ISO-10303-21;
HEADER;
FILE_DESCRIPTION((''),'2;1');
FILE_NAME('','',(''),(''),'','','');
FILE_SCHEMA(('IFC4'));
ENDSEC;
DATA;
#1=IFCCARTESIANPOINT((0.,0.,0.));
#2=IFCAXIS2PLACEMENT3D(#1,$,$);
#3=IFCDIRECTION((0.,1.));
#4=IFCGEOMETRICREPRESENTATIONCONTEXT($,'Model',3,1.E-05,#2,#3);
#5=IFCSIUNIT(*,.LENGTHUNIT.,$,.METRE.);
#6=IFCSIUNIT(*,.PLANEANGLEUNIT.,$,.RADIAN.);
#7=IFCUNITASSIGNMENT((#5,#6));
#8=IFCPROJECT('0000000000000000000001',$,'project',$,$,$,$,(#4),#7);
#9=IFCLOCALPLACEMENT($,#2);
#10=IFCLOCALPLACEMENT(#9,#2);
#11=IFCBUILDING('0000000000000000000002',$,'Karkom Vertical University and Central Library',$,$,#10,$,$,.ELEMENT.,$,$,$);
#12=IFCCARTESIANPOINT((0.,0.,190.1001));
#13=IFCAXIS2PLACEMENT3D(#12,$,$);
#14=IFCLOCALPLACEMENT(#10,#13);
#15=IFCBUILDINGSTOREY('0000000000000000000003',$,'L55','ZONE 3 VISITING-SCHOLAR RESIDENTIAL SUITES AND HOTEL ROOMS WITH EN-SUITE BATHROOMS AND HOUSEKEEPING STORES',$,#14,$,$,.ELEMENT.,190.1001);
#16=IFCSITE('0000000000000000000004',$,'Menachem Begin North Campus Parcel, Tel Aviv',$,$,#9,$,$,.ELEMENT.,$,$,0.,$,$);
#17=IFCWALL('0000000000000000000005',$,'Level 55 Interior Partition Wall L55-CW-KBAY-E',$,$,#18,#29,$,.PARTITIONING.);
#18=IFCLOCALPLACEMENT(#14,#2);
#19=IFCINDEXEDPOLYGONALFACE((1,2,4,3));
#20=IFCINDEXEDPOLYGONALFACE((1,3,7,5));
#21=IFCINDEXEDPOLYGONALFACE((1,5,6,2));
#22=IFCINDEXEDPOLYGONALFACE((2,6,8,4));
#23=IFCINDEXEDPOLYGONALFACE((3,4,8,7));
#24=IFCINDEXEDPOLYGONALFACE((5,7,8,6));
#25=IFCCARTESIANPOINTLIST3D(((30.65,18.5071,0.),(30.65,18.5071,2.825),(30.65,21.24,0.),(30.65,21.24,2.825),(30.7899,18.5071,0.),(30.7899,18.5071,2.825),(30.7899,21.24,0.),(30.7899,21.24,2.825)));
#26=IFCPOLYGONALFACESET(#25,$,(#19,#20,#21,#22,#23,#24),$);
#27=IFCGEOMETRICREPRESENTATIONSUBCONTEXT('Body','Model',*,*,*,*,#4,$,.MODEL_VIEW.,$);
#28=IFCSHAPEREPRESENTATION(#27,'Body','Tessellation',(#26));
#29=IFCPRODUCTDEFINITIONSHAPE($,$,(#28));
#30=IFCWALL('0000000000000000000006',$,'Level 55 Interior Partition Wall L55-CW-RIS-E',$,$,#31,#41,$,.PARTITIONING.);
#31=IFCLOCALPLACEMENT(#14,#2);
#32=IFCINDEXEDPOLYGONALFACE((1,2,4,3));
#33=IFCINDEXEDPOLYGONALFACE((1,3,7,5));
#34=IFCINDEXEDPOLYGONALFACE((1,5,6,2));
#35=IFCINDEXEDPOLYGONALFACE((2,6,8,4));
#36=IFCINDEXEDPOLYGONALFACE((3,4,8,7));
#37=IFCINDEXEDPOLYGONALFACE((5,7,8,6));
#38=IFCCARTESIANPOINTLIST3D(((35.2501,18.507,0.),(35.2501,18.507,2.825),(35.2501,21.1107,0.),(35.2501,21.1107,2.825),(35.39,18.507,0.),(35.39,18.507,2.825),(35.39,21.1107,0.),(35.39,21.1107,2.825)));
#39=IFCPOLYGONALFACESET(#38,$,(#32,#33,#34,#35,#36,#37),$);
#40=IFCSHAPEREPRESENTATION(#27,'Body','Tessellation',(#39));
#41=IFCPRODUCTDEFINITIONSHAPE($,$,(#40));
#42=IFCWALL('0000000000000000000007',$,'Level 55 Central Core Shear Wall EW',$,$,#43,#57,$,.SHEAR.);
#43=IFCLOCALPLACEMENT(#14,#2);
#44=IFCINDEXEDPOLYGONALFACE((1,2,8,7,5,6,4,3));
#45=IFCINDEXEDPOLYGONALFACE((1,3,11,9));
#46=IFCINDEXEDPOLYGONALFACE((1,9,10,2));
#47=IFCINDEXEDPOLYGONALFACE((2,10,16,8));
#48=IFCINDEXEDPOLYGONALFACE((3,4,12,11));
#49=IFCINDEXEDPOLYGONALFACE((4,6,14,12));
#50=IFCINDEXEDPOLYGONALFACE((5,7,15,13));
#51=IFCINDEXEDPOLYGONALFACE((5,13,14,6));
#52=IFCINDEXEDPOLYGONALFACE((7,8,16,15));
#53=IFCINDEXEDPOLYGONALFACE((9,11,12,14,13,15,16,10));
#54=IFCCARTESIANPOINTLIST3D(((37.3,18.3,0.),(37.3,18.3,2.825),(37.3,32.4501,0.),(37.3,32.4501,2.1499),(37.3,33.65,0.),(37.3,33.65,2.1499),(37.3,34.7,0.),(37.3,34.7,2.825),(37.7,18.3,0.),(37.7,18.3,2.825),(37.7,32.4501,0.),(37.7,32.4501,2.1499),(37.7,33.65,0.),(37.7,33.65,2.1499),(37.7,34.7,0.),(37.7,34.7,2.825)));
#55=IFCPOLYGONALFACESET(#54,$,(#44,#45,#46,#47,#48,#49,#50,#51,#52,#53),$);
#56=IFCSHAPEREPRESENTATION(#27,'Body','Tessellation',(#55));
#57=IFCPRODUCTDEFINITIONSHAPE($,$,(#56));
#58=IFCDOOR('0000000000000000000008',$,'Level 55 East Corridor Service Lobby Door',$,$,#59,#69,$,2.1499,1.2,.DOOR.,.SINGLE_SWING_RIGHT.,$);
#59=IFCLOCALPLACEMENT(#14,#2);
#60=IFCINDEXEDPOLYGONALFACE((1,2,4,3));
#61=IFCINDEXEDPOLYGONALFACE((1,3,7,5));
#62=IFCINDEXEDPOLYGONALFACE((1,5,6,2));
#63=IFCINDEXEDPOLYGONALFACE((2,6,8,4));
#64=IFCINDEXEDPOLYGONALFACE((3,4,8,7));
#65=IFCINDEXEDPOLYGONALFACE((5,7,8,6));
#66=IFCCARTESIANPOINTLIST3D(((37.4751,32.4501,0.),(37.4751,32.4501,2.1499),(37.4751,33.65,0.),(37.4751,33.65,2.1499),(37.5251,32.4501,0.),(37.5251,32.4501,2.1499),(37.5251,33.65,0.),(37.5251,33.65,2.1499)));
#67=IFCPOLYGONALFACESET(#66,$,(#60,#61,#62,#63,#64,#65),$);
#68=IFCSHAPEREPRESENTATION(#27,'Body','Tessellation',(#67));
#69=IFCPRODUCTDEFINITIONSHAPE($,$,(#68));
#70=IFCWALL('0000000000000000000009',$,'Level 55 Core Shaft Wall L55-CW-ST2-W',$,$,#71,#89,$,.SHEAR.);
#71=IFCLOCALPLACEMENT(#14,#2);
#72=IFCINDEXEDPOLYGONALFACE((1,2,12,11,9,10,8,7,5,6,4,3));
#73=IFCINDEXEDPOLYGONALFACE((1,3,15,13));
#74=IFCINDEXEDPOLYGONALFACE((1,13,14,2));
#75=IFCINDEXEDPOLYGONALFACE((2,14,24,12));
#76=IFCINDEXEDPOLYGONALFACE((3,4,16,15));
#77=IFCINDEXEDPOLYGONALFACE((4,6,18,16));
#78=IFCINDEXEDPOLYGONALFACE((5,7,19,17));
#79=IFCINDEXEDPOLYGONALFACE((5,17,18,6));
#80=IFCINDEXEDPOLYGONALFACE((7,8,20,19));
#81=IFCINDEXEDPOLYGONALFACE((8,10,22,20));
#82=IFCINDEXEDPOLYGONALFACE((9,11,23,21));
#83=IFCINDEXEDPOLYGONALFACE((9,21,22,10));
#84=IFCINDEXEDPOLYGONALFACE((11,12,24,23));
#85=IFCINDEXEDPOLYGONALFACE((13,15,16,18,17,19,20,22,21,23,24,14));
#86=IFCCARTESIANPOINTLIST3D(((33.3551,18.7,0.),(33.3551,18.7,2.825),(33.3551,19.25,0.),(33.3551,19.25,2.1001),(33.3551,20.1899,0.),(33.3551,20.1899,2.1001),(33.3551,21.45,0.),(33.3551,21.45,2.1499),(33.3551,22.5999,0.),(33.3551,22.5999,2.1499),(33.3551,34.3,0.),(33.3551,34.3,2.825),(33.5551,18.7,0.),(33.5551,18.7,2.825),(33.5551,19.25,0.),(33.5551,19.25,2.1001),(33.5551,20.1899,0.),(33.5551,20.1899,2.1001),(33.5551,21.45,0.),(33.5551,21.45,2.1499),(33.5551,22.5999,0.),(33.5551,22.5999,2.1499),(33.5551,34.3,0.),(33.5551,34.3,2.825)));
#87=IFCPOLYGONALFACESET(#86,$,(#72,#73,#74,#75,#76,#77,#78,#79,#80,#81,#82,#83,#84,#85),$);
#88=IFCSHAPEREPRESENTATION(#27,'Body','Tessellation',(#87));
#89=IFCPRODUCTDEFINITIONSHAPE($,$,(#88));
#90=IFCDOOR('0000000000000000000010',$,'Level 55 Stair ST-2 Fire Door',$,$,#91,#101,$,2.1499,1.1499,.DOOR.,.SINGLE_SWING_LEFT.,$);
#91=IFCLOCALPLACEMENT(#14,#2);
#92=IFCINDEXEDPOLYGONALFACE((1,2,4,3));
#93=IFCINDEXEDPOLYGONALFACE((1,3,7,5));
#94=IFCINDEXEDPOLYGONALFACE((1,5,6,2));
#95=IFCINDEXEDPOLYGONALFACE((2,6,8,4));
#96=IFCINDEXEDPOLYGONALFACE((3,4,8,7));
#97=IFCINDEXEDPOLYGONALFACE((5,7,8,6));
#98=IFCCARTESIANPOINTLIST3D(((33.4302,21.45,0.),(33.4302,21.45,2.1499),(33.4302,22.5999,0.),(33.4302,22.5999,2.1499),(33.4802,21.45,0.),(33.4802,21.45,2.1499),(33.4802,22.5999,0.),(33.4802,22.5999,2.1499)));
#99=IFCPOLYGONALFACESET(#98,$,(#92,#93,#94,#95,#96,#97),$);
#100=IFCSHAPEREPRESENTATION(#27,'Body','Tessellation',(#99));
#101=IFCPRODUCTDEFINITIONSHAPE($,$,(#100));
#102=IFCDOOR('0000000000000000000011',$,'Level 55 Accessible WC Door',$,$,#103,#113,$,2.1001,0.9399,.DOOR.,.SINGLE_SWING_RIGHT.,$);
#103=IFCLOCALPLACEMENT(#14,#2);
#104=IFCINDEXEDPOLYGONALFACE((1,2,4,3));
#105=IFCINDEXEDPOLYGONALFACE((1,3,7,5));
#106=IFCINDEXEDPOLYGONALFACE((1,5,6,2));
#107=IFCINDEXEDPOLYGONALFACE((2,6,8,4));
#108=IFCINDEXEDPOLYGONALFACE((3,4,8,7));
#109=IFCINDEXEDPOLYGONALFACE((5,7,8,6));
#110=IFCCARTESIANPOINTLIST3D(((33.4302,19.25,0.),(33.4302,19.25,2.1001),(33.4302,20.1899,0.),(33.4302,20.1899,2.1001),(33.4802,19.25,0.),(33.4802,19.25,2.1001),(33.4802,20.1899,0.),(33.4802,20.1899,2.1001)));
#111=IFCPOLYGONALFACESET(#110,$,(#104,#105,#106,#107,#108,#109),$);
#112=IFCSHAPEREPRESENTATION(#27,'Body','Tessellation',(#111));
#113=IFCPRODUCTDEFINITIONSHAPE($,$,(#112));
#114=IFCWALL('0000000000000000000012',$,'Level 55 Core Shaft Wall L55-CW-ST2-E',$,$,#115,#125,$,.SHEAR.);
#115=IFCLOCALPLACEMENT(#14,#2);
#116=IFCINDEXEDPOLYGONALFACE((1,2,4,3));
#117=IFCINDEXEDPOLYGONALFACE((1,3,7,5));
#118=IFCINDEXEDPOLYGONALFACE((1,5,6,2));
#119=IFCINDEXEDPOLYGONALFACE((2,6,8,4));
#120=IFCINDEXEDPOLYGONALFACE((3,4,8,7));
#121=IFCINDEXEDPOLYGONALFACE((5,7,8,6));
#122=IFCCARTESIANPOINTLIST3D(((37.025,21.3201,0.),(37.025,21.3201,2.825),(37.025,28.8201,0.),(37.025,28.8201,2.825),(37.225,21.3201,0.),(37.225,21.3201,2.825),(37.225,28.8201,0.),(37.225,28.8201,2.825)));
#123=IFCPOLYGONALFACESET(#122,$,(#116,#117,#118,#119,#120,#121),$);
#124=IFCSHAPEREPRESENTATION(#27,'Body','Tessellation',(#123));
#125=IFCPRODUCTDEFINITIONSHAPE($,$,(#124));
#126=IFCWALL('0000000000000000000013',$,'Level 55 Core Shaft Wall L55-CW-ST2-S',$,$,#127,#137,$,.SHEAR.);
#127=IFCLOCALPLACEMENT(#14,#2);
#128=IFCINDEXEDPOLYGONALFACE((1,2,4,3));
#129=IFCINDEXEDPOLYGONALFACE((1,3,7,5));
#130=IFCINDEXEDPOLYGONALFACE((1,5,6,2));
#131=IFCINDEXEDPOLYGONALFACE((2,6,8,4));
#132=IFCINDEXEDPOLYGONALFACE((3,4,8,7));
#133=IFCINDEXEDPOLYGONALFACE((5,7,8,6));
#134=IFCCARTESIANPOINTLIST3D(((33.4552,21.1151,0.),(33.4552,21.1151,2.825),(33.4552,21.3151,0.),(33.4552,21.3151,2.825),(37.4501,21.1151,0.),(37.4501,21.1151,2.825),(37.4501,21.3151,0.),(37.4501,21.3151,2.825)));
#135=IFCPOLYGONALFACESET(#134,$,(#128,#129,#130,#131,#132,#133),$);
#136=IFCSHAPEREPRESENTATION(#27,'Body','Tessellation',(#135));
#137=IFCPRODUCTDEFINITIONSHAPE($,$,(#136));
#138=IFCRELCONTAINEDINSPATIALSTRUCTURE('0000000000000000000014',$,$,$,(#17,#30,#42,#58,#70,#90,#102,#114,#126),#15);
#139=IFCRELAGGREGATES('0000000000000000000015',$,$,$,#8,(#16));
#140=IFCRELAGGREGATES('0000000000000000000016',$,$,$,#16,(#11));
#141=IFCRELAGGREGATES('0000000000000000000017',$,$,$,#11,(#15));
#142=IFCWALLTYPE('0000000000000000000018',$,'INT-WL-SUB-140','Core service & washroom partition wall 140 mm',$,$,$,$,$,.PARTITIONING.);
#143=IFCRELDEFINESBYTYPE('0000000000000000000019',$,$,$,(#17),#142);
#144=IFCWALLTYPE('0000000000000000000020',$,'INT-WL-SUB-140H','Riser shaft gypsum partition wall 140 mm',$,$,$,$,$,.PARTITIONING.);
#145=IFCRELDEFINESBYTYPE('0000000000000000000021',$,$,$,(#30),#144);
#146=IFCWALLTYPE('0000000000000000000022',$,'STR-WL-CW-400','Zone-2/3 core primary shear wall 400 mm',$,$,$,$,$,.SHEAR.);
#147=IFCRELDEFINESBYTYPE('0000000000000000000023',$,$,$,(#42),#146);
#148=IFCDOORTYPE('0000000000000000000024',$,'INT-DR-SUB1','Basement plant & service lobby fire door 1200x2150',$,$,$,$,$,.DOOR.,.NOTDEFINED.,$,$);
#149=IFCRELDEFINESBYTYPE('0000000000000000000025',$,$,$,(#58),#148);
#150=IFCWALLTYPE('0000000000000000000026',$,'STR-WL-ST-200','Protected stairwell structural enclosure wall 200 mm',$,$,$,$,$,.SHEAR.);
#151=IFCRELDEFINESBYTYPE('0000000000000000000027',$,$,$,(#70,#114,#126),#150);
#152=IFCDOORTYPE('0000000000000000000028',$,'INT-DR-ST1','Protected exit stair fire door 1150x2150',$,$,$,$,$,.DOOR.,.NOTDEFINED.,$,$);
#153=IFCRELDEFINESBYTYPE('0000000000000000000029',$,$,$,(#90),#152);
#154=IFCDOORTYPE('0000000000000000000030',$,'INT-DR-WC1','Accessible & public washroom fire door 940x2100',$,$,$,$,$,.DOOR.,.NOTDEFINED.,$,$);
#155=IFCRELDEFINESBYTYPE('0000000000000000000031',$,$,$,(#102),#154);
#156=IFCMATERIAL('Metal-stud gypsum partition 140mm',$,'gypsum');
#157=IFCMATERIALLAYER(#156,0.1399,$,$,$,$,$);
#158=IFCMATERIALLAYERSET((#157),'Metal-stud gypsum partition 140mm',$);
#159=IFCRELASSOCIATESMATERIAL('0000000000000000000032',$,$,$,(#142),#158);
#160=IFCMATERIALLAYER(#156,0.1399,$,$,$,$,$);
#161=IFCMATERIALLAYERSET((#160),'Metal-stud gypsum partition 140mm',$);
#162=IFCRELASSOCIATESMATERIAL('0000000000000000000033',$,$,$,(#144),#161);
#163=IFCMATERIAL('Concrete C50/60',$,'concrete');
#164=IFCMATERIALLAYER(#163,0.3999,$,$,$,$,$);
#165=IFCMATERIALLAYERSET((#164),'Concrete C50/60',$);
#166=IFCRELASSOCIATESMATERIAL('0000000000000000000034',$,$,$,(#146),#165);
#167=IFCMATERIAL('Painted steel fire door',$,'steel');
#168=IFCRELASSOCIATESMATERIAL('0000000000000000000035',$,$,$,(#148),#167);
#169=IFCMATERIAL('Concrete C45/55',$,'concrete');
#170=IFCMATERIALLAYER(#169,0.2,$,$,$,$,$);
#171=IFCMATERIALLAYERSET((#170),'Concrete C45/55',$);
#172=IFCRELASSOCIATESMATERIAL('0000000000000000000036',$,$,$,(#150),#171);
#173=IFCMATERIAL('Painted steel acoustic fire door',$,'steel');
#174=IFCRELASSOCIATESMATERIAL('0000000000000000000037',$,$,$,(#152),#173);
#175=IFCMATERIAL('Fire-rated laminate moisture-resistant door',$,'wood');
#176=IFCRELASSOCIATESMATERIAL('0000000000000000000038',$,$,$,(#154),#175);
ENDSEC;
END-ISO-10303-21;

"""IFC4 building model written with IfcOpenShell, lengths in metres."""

from ifc_helpers import new_model, si_unit, direction, frame, frame_2d, origin, origin_with_axes, place, context, subcontext, project, spatial, rectangle, extrude, source, transform, mapped, material, layer, layer_set, type_object, element, fill, save


model = new_model("IFC4")

# Units and contexts
model_context = context("Model", 3, precision=1e-05, world=origin(), true_north=direction((0.0, 1.0)))
body_context = subcontext(model_context, "Body", "Model", "MODEL_VIEW")
ifc_project = project(units=[si_unit("LENGTHUNIT", "METRE"), si_unit("PLANEANGLEUNIT", "RADIAN")], contexts=[model_context])

# Site, building, storey
site_placement = place(None, origin())
site = spatial("IfcSite", under=ifc_project, at=site_placement, Name="Menachem Begin North Campus Parcel, Tel Aviv", CompositionType="ELEMENT", RefElevation=0.0)
building_placement = place(site_placement, origin())
building = spatial("IfcBuilding", under=site, at=building_placement, Name="Karkom Vertical University and Central Library", CompositionType="ELEMENT")
storey_placement = place(building_placement, frame((0.0, 0.0, 190.1001)))
storey = spatial("IfcBuildingStorey", under=building, at=storey_placement, Name="L55", Description="ZONE 3 VISITING-SCHOLAR RESIDENTIAL SUITES AND HOTEL ROOMS WITH EN-SUITE BATHROOMS AND HOUSEKEEPING STORES", CompositionType="ELEMENT", Elevation=190.1001)

# Shared definitions
ifc_material_1 = material(Name="Concrete C50/60", Category="concrete")

# Shared definitions
ifc_material_2 = material(Name="Metal-stud gypsum partition 140mm", Category="gypsum")
ifc_layer_1 = layer(ifc_material_2, 0.1399)
ifc_layer_set_1 = layer_set([ifc_layer_1], Name="Metal-stud gypsum partition 140mm")
wall_type_1 = type_object("IfcWallType", Name="INT-WL-SUB-140", Description="Core service & washroom partition wall 140 mm", PredefinedType="PARTITIONING", material=ifc_layer_set_1)

# Walls
for number, where, z_axis, x_axis, name in (
    (1, (30.72, 18.5071, 0.0), (0.0, 0.0, 1.0), (0.0, 1.0, 0.0), "Level 55 Interior Partition Wall L55-CW-KBAY-E"),
):
    element("IfcWall", number, at=place(storey_placement, frame(where, z_axis=z_axis, x_axis=x_axis)), inside=storey, type_object=wall_type_1, Name=name, PredefinedType="PARTITIONING", context=body_context, shape_type="SweptSolid", body=[
        extrude(rectangle(XDim=2.7329, YDim=0.1399, at=frame_2d((1.3665, 0.0))), origin(), (0.0, 0.0, 1.0), 2.825),
    ])
ifc_layer_2 = layer(ifc_material_2, 0.1399)
ifc_layer_set_2 = layer_set([ifc_layer_2], Name="Metal-stud gypsum partition 140mm")
wall_type_2 = type_object("IfcWallType", Name="INT-WL-SUB-140H", Description="Riser shaft gypsum partition wall 140 mm", PredefinedType="PARTITIONING", material=ifc_layer_set_2)
wall_1_placement = place(storey_placement, frame((35.3201, 18.5071, 0.0), z_axis=(0.0, 0.0, 1.0), x_axis=(0.0, 1.0, 0.0)))
element("IfcWall", 2, at=wall_1_placement, inside=storey, type_object=wall_type_2, Name="Level 55 Interior Partition Wall L55-CW-RIS-E", PredefinedType="PARTITIONING", context=body_context, shape_type="SweptSolid", body=[
    extrude(rectangle(XDim=2.6038, YDim=0.1399, at=frame_2d((1.3018, 0.0))), origin(), (0.0, 0.0, 1.0), 2.825),
])

# Wall, opening, door
ifc_layer_3 = layer(ifc_material_1, 0.3999)
ifc_layer_set_3 = layer_set([ifc_layer_3], Name="Concrete C50/60")
wall_type_3 = type_object("IfcWallType", Name="STR-WL-CW-400", Description="Zone-2/3 core primary shear wall 400 mm", PredefinedType="SHEAR", material=ifc_layer_set_3)
wall_2_placement = place(storey_placement, frame((37.5, 18.3, 0.0), z_axis=(0.0, 0.0, 1.0), x_axis=(0.0, 1.0, 0.0)))
wall_2 = element("IfcWall", 3, at=wall_2_placement, inside=storey, type_object=wall_type_3, Name="Level 55 Central Core Shear Wall EW", PredefinedType="SHEAR", context=body_context, shape_type="SweptSolid", body=[
    extrude(rectangle(XDim=16.3999, YDim=0.3999, at=frame_2d((8.2, 0.0))), origin(), (0.0, 0.0, 1.0), 2.825),
])
opening_1_placement = place(wall_2_placement, frame((14.1499, 0.0, 0.0)))
opening_1 = element("IfcOpeningElement", 4, at=opening_1_placement, cuts=wall_2, PredefinedType="OPENING", context=body_context, shape_type="SweptSolid", body=[
    extrude(rectangle(XDim=1.2, YDim=2.1499, at=frame_2d((0.6001, 1.075))), frame((0.0, 0.21, 0.0), z_axis=(0.0, -1.0, 0.0), x_axis=(1.0, 0.0, 0.0)), (0.0, 0.0, 1.0), 0.4199),
])
ifc_material_3 = material(Name="Painted steel fire door", Category="steel")
door_type_1 = type_object("IfcDoorType", Name="INT-DR-SUB1", Description="Basement plant & service lobby fire door 1200x2150", OperationType="NOTDEFINED", PredefinedType="DOOR", material=ifc_material_3)
shared_shape_1 = source(origin_with_axes(), body_context, "Body", "SweptSolid", [
    extrude(rectangle(XDim=1.2, YDim=2.1499, at=frame_2d((0.6001, 1.075))), frame((0.0, 0.0249, 0.0), z_axis=(0.0, -1.0, 0.0), x_axis=(1.0, 0.0, 0.0)), (0.0, 0.0, 1.0), 0.05),
])
door_1_placement = place(opening_1_placement, origin())
door_1 = element("IfcDoor", 5, at=door_1_placement, inside=storey, type_object=door_type_1, Name="Level 55 East Corridor Service Lobby Door", OperationType="SINGLE_SWING_RIGHT", OverallHeight=2.1499, OverallWidth=1.2, PredefinedType="DOOR", context=body_context, shape_type="MappedRepresentation", body=[
    mapped(shared_shape_1, transform((0.0, 0.0, 0.0), scale=1.0)),
])
fill(opening_1, door_1)

# Wall, openings, doors
ifc_material_4 = material(Name="Concrete C45/55", Category="concrete")
ifc_layer_4 = layer(ifc_material_4, 0.2)
ifc_layer_set_4 = layer_set([ifc_layer_4], Name="Concrete C45/55")
wall_type_4 = type_object("IfcWallType", Name="STR-WL-ST-200", Description="Protected stairwell structural enclosure wall 200 mm", PredefinedType="SHEAR", material=ifc_layer_set_4)
wall_3_placement = place(storey_placement, frame((33.4551, 18.7, 0.0), z_axis=(0.0, 0.0, 1.0), x_axis=(0.0, 1.0, 0.0)))
wall_3 = element("IfcWall", 6, at=wall_3_placement, inside=storey, type_object=wall_type_4, Name="Level 55 Core Shaft Wall L55-CW-ST2-W", PredefinedType="SHEAR", context=body_context, shape_type="SweptSolid", body=[
    extrude(rectangle(XDim=15.6001, YDim=0.2, at=frame_2d((7.8, 0.0))), origin(), (0.0, 0.0, 1.0), 2.825),
])
opening_2_placement = place(wall_3_placement, frame((2.75, 0.0, 0.0)))
opening_2 = element("IfcOpeningElement", 7, at=opening_2_placement, cuts=wall_3, PredefinedType="OPENING", context=body_context, shape_type="SweptSolid", body=[
    extrude(rectangle(XDim=1.1499, YDim=2.1499, at=frame_2d((0.575, 1.075))), frame((0.0, 0.1099, 0.0), z_axis=(0.0, -1.0, 0.0), x_axis=(1.0, 0.0, 0.0)), (0.0, 0.0, 1.0), 0.22),
])
opening_3_placement = place(wall_3_placement, frame((0.55, 0.0, 0.0)))
opening_3 = element("IfcOpeningElement", 8, at=opening_3_placement, cuts=wall_3, PredefinedType="OPENING", context=body_context, shape_type="SweptSolid", body=[
    extrude(rectangle(XDim=0.9399, YDim=2.1001, at=frame_2d((0.47, 1.05))), frame((0.0, 0.1099, 0.0), z_axis=(0.0, -1.0, 0.0), x_axis=(1.0, 0.0, 0.0)), (0.0, 0.0, 1.0), 0.22),
])
ifc_material_5 = material(Name="Painted steel acoustic fire door", Category="steel")
door_type_2 = type_object("IfcDoorType", Name="INT-DR-ST1", Description="Protected exit stair fire door 1150x2150", OperationType="NOTDEFINED", PredefinedType="DOOR", material=ifc_material_5)
shared_shape_2 = source(origin_with_axes(), body_context, "Body", "SweptSolid", [
    extrude(rectangle(XDim=1.1499, YDim=2.1499, at=frame_2d((0.575, 1.075))), frame((0.0, 0.0249, 0.0), z_axis=(0.0, -1.0, 0.0), x_axis=(1.0, 0.0, 0.0)), (0.0, 0.0, 1.0), 0.05),
])
door_2_placement = place(opening_2_placement, origin())
door_2 = element("IfcDoor", 9, at=door_2_placement, inside=storey, type_object=door_type_2, Name="Level 55 Stair ST-2 Fire Door", OperationType="SINGLE_SWING_LEFT", OverallHeight=2.1499, OverallWidth=1.1499, PredefinedType="DOOR", context=body_context, shape_type="MappedRepresentation", body=[
    mapped(shared_shape_2, transform((0.0, 0.0, 0.0), scale=1.0)),
])
fill(opening_2, door_2)
ifc_material_6 = material(Name="Fire-rated laminate moisture-resistant door", Category="wood")
door_type_3 = type_object("IfcDoorType", Name="INT-DR-WC1", Description="Accessible & public washroom fire door 940x2100", OperationType="NOTDEFINED", PredefinedType="DOOR", material=ifc_material_6)
shared_shape_3 = source(origin_with_axes(), body_context, "Body", "SweptSolid", [
    extrude(rectangle(XDim=0.9399, YDim=2.1001, at=frame_2d((0.47, 1.05))), frame((0.0, 0.0249, 0.0), z_axis=(0.0, -1.0, 0.0), x_axis=(1.0, 0.0, 0.0)), (0.0, 0.0, 1.0), 0.05),
])
door_3_placement = place(opening_3_placement, origin())
door_3 = element("IfcDoor", 10, at=door_3_placement, inside=storey, type_object=door_type_3, Name="Level 55 Accessible WC Door", OperationType="SINGLE_SWING_RIGHT", OverallHeight=2.1001, OverallWidth=0.9399, PredefinedType="DOOR", context=body_context, shape_type="MappedRepresentation", body=[
    mapped(shared_shape_3, transform((0.0, 0.0, 0.0), scale=1.0)),
])
fill(opening_3, door_3)

# Walls
wall_4_placement = place(storey_placement, frame((37.125, 21.3201, 0.0), z_axis=(0.0, 0.0, 1.0), x_axis=(0.0, 1.0, 0.0)))
element("IfcWall", 11, at=wall_4_placement, inside=storey, type_object=wall_type_4, Name="Level 55 Core Shaft Wall L55-CW-ST2-E", PredefinedType="SHEAR", context=body_context, shape_type="SweptSolid", body=[
    extrude(rectangle(XDim=7.5, YDim=0.2, at=frame_2d((3.75, 0.0))), origin(), (0.0, 0.0, 1.0), 2.825),
])
wall_5_placement = place(storey_placement, frame((33.4551, 21.2151, 0.0), z_axis=(0.0, 0.0, 1.0), x_axis=(1.0, 0.0, 0.0)))
element("IfcWall", 12, at=wall_5_placement, inside=storey, type_object=wall_type_4, Name="Level 55 Core Shaft Wall L55-CW-ST2-S", PredefinedType="SHEAR", context=body_context, shape_type="SweptSolid", body=[
    extrude(rectangle(XDim=3.9949, YDim=0.2, at=frame_2d((1.9976, 0.0))), origin(), (0.0, 0.0, 1.0), 2.825),
])

save(model, "model.ifc")
